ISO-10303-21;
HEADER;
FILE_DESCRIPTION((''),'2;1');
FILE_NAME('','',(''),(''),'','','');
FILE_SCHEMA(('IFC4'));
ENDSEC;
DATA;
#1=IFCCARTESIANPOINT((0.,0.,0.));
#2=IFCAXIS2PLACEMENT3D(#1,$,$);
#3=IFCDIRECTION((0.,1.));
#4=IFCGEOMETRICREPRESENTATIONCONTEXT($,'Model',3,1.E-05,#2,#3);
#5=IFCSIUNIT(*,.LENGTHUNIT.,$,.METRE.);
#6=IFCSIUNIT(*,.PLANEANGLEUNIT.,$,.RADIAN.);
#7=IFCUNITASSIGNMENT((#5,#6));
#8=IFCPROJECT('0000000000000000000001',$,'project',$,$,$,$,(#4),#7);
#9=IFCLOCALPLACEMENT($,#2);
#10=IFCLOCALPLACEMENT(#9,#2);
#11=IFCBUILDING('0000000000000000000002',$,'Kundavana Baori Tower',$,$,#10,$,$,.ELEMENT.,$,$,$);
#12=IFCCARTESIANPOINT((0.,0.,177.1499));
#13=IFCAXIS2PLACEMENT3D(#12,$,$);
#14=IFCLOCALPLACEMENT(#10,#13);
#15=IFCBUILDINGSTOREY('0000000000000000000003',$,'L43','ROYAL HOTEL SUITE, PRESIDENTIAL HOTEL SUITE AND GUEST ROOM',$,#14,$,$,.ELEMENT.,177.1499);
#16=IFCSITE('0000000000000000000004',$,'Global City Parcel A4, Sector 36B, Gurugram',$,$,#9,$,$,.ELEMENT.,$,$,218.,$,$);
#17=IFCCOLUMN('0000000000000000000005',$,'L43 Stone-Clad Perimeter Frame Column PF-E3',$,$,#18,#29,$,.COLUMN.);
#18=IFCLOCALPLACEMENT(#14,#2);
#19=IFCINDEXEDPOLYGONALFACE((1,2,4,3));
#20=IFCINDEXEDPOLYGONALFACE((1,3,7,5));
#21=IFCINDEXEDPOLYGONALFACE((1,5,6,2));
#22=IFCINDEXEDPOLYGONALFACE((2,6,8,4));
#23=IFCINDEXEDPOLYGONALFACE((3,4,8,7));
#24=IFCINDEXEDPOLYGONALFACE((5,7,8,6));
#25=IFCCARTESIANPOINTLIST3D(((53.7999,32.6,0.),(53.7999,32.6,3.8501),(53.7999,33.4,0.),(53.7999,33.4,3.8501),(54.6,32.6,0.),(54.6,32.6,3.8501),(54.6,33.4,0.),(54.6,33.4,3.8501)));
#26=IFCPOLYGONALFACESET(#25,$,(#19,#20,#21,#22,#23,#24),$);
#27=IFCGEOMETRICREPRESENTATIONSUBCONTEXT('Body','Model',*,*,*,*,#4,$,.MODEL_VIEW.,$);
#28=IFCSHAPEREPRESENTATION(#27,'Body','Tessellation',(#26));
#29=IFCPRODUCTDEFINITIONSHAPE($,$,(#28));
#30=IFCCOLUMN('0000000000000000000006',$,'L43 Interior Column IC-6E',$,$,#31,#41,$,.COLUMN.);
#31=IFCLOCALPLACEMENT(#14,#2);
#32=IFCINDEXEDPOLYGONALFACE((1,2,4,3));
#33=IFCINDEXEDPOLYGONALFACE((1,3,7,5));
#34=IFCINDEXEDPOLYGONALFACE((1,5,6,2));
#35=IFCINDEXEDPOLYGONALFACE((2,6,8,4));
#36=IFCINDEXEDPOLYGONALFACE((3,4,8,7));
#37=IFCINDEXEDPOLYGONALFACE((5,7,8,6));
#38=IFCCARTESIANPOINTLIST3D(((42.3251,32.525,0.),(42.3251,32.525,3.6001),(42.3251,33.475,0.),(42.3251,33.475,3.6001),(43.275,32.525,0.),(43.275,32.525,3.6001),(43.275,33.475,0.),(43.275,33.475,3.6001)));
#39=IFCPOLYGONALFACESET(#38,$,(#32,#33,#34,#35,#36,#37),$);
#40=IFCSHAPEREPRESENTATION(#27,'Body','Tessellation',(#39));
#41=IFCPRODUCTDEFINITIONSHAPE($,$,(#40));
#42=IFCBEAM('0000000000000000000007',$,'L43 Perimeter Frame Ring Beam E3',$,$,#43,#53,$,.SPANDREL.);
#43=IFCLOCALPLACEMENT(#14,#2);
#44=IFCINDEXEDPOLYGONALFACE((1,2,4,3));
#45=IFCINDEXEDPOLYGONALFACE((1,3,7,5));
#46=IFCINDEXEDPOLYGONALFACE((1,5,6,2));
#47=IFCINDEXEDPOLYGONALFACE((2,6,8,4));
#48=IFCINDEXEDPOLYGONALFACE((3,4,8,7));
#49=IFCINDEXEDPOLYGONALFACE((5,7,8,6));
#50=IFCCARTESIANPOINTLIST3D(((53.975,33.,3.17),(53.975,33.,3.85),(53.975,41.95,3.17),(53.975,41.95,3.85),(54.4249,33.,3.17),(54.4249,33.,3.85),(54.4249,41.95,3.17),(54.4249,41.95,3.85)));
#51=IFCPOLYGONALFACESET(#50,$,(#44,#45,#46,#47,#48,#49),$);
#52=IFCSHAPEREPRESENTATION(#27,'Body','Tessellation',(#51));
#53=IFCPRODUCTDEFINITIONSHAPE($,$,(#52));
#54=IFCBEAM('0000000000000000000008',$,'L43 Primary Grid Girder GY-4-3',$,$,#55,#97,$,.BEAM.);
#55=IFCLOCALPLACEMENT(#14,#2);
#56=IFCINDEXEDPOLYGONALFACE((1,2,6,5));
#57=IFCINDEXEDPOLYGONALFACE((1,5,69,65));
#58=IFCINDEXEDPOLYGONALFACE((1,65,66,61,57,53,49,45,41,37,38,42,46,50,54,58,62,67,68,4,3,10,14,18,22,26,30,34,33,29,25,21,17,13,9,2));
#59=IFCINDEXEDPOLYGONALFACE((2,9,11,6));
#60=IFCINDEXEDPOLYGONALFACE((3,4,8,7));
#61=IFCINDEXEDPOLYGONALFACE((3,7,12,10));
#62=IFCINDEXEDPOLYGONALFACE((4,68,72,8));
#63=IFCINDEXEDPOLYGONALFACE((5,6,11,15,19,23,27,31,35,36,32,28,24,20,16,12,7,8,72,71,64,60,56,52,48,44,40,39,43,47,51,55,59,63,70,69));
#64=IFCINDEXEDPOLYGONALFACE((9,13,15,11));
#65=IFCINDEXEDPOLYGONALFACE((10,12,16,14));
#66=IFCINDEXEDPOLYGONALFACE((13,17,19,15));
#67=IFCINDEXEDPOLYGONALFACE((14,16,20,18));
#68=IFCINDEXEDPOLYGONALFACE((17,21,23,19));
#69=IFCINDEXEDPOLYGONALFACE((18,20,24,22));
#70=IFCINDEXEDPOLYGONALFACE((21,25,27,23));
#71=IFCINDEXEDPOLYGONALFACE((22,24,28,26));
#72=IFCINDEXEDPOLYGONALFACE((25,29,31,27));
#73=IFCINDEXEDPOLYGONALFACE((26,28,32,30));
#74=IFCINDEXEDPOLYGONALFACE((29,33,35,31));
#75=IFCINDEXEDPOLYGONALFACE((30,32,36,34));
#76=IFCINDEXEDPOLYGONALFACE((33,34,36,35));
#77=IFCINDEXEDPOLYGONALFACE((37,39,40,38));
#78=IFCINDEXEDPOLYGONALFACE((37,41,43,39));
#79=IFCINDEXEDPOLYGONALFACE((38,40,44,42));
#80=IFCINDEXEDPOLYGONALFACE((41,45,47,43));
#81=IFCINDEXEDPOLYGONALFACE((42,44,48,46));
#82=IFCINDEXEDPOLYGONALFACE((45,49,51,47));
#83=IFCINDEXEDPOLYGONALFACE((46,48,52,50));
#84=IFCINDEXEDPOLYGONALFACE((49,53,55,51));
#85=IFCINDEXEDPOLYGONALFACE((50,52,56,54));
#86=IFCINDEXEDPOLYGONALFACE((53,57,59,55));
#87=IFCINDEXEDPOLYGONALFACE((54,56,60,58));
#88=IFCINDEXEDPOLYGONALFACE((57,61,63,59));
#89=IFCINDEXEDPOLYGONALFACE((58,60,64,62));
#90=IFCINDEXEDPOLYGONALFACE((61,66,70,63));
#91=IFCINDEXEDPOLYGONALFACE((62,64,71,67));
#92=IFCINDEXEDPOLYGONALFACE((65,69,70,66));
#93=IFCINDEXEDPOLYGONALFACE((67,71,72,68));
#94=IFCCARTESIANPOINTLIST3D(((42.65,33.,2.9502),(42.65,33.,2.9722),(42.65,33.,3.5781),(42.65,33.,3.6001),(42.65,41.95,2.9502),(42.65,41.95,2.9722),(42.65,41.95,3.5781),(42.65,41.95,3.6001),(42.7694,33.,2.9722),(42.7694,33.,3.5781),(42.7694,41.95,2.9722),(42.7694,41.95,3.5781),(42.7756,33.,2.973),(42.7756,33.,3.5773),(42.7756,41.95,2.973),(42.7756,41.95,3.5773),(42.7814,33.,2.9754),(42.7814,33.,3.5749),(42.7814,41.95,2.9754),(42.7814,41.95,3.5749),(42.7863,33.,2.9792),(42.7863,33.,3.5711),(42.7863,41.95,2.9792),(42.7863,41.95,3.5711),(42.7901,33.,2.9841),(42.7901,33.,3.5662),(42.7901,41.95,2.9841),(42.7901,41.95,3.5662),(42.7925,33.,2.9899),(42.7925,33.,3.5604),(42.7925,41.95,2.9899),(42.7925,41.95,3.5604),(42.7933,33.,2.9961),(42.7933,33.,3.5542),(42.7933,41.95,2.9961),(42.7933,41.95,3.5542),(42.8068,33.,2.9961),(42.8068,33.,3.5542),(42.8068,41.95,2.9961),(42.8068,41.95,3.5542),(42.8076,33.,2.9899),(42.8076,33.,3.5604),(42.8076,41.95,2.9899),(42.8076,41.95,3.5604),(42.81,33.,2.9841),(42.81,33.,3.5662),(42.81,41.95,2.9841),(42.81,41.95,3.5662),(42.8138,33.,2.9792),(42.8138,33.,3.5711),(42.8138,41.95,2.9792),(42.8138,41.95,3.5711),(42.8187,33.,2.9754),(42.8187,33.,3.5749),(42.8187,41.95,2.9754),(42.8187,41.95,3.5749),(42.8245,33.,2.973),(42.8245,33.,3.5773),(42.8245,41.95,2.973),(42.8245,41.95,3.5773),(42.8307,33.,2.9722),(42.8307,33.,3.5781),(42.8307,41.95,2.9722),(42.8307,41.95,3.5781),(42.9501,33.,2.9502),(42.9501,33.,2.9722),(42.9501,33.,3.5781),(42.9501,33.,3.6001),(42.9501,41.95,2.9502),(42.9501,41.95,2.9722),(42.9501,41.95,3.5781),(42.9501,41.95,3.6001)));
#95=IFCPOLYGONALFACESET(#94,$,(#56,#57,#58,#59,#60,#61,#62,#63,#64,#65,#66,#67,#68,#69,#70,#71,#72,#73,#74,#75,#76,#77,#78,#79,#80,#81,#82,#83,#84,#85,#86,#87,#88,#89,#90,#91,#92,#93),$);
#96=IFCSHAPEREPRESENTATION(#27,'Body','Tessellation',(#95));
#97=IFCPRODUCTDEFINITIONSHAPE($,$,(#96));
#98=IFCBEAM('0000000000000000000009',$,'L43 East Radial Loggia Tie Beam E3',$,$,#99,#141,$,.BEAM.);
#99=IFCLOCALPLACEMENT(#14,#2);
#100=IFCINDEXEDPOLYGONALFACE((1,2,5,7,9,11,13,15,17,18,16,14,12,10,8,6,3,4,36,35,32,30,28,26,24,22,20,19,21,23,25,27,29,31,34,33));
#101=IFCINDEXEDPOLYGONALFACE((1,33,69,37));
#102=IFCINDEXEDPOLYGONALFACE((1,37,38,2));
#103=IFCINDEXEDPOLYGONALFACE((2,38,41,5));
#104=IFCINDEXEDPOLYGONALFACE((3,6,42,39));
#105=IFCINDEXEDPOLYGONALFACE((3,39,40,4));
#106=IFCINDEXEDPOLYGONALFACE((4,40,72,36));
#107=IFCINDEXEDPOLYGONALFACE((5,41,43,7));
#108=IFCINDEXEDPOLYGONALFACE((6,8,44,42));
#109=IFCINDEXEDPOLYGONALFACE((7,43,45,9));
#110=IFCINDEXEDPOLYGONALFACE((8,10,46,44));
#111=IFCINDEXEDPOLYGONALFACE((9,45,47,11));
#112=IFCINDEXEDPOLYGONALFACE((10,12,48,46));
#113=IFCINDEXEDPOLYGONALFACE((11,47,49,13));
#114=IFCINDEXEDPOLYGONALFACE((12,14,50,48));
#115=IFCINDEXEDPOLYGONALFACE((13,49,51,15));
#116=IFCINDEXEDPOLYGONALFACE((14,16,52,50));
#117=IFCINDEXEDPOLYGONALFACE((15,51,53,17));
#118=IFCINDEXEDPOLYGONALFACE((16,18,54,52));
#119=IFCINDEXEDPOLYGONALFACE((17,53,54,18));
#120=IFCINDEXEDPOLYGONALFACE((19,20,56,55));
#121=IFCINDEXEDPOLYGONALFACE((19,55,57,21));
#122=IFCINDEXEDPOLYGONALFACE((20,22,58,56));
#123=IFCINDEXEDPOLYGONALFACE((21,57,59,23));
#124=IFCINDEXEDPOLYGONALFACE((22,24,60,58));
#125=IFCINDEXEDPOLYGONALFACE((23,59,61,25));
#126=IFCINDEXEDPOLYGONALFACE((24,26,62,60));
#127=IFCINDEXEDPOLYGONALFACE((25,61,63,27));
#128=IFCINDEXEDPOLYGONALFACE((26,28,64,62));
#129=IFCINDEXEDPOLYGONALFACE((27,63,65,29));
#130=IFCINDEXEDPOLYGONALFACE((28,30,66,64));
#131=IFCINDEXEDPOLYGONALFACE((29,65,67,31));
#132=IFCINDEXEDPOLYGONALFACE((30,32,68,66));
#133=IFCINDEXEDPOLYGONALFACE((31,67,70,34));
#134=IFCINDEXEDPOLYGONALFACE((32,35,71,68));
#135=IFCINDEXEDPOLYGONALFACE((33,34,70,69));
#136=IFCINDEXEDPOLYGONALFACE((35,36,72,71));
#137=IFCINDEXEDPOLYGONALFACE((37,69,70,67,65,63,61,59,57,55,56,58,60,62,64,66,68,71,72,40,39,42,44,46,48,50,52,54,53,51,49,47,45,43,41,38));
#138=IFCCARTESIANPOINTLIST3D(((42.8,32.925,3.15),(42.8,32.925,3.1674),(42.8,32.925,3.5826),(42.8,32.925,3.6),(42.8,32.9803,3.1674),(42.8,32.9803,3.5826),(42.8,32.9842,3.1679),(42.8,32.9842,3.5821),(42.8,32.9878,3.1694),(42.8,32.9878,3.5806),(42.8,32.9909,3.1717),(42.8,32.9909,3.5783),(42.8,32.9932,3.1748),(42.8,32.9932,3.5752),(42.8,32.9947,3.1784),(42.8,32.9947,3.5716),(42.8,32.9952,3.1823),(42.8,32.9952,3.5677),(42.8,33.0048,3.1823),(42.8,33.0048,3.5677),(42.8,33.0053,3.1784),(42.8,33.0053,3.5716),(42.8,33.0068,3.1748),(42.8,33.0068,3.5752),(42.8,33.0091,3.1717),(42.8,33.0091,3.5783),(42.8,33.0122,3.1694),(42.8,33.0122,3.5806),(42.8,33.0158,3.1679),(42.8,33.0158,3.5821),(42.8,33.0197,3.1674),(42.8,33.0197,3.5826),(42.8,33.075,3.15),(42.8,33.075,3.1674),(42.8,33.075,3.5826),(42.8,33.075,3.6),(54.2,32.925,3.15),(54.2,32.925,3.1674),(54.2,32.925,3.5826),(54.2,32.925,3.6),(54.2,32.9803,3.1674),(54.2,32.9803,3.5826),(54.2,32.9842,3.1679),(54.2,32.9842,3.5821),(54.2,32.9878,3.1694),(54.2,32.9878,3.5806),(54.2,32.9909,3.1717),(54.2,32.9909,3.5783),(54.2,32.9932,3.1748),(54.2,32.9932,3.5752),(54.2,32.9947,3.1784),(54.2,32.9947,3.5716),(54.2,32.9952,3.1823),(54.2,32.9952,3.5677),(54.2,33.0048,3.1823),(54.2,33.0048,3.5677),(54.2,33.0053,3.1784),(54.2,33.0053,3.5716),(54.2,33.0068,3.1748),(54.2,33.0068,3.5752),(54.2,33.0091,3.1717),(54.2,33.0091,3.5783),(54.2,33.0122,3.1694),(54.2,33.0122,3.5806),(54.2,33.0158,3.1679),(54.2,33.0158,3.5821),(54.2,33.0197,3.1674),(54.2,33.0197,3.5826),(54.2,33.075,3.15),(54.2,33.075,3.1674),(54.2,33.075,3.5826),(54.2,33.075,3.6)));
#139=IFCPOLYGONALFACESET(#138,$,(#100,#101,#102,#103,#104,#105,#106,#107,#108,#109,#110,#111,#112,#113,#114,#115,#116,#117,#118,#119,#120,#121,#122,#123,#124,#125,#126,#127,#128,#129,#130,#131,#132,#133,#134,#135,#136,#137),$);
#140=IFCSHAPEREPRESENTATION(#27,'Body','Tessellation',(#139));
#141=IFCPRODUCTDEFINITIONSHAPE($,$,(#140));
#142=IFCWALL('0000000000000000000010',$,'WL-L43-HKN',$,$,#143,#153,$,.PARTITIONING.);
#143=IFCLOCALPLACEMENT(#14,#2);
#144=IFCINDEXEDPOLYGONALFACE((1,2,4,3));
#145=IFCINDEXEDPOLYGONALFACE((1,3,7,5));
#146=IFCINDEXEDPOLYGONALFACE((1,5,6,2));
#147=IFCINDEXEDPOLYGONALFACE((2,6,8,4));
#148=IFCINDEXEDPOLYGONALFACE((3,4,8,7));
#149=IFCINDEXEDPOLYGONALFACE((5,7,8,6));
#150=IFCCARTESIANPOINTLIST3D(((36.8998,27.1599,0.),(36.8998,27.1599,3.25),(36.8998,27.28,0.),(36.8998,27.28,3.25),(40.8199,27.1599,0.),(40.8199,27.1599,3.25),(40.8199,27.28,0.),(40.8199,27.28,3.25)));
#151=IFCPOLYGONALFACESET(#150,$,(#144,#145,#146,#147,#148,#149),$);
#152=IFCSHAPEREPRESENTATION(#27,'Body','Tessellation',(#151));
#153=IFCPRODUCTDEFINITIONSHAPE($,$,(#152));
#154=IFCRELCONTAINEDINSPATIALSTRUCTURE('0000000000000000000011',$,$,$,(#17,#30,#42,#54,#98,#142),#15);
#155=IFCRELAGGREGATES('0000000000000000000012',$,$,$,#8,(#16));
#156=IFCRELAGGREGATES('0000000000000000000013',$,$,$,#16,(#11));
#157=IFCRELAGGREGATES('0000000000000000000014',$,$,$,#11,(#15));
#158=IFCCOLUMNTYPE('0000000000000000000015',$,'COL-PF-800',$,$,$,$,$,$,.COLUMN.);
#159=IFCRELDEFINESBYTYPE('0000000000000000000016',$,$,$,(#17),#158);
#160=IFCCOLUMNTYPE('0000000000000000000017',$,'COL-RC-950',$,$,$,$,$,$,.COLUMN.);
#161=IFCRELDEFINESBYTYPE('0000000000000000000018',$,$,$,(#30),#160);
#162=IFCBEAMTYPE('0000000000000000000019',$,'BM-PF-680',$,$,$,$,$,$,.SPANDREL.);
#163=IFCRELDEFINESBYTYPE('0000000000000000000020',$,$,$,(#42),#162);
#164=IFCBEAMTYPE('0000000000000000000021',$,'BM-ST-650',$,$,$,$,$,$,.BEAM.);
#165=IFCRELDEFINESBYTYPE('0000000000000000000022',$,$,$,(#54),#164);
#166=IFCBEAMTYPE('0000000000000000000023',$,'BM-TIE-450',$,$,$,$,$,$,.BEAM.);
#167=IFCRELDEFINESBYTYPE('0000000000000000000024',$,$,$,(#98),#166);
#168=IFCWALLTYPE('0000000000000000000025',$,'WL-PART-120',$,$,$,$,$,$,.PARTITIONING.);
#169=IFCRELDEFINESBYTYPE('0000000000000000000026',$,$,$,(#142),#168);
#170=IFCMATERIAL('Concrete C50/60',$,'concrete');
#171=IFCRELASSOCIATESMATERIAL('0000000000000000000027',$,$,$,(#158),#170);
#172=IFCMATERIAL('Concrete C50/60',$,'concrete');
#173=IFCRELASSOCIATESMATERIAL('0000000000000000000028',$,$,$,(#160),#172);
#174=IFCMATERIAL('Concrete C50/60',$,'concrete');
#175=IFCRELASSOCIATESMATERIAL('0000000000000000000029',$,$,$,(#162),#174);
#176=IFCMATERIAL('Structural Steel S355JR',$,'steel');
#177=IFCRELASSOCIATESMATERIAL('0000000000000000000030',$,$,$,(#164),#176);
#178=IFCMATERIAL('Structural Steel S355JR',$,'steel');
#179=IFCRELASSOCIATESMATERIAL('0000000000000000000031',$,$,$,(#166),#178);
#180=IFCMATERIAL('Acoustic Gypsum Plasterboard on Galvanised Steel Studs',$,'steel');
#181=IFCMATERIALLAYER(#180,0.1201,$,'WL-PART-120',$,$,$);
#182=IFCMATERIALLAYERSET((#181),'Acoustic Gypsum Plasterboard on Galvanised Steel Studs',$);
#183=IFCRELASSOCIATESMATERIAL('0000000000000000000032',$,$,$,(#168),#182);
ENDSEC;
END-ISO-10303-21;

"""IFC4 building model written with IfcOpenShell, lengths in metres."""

from ifc_helpers import new_model, si_unit, direction, frame, frame_2d, origin, origin_2d, place, context, subcontext, project, spatial, rectangle, i_section, extrude, material, layer, layer_set, material_profile, profile_set, type_object, element, save


model = new_model("IFC4")

# Units and contexts
model_context = context("Model", 3, precision=1e-05, world=origin(), true_north=direction((0.0, 1.0)))
body_context = subcontext(model_context, "Body", "Model", "MODEL_VIEW")
ifc_project = project(units=[si_unit("LENGTHUNIT", "METRE"), si_unit("PLANEANGLEUNIT", "RADIAN")], contexts=[model_context])

# Site, building, storey
site_placement = place(None, origin())
site = spatial("IfcSite", under=ifc_project, at=site_placement, Name="Global City Parcel A4, Sector 36B, Gurugram", CompositionType="ELEMENT", RefElevation=218.0)
building_placement = place(site_placement, origin())
building = spatial("IfcBuilding", under=site, at=building_placement, Name="Kundavana Baori Tower", CompositionType="ELEMENT")
storey_placement = place(building_placement, frame((0.0, 0.0, 177.1499)))
storey = spatial("IfcBuildingStorey", under=building, at=storey_placement, Name="L43", Description="ROYAL HOTEL SUITE, PRESIDENTIAL HOTEL SUITE AND GUEST ROOM", CompositionType="ELEMENT", Elevation=177.1499)

# Columns
ifc_material_1 = material(Name="Concrete C50/60", Category="concrete")
ifc_material_profile_1 = material_profile(ifc_material_1, rectangle(XDim=0.8, YDim=0.8, at=origin_2d()), Name="RC PF 800x800")
ifc_profile_set_1 = profile_set([ifc_material_profile_1], Name="Concrete C50/60")
column_type_1 = type_object("IfcColumnType", Name="COL-PF-800", PredefinedType="COLUMN", material=ifc_profile_set_1)
column_1_placement = place(storey_placement, frame((54.2, 33.0, 0.0), z_axis=(0.0, 0.0, 1.0), x_axis=(1.0, 0.0, 0.0)))
element("IfcColumn", 1, at=column_1_placement, inside=storey, type_object=column_type_1, Name="L43 Stone-Clad Perimeter Frame Column PF-E3", PredefinedType="COLUMN", context=body_context, shape_type="SweptSolid", body=[
    extrude(rectangle(XDim=0.8, YDim=0.8, at=origin_2d()), origin(), (0.0, 0.0, 1.0), 3.8501),
])
ifc_material_2 = material(Name="Concrete C50/60", Category="concrete")
ifc_material_profile_2 = material_profile(ifc_material_2, rectangle(XDim=0.95, YDim=0.95, at=origin_2d()), Name="RC 950x950")
ifc_profile_set_2 = profile_set([ifc_material_profile_2], Name="Concrete C50/60")
column_type_2 = type_object("IfcColumnType", Name="COL-RC-950", PredefinedType="COLUMN", material=ifc_profile_set_2)
column_2_placement = place(storey_placement, frame((42.8, 33.0, 0.0), z_axis=(0.0, 0.0, 1.0), x_axis=(1.0, 0.0, 0.0)))
element("IfcColumn", 2, at=column_2_placement, inside=storey, type_object=column_type_2, Name="L43 Interior Column IC-6E", PredefinedType="COLUMN", context=body_context, shape_type="SweptSolid", body=[
    extrude(rectangle(XDim=0.95, YDim=0.95, at=origin_2d()), origin(), (0.0, 0.0, 1.0), 3.6001),
])

# Beams
ifc_material_3 = material(Name="Concrete C50/60", Category="concrete")
ifc_material_profile_3 = material_profile(ifc_material_3, rectangle(XDim=0.45, YDim=0.6799, at=origin_2d()), Name="RC BM 450x680")
ifc_profile_set_3 = profile_set([ifc_material_profile_3], Name="Concrete C50/60")
beam_type_1 = type_object("IfcBeamType", Name="BM-PF-680", PredefinedType="SPANDREL", material=ifc_profile_set_3)
beam_1_placement = place(storey_placement, frame((54.2, 33.0, 3.51), z_axis=(0.0, 1.0, 0.0), x_axis=(-1.0, 0.0, 0.0)))
element("IfcBeam", 3, at=beam_1_placement, inside=storey, type_object=beam_type_1, Name="L43 Perimeter Frame Ring Beam E3", PredefinedType="SPANDREL", context=body_context, shape_type="SweptSolid", body=[
    extrude(rectangle(XDim=0.45, YDim=0.6799, at=origin_2d()), origin(), (0.0, 0.0, 1.0), 8.95),
])
ifc_material_4 = material(Name="Structural Steel S355JR", Category="steel")
ifc_material_profile_4 = material_profile(ifc_material_4, i_section(OverallWidth=0.3, OverallDepth=0.6499, WebThickness=0.0134, FlangeThickness=0.022, FilletRadius=0.0239, at=origin_2d()), Name="NPB 650x300x155")
ifc_profile_set_4 = profile_set([ifc_material_profile_4], Name="Structural Steel S355JR")
beam_type_2 = type_object("IfcBeamType", Name="BM-ST-650", PredefinedType="BEAM", material=ifc_profile_set_4)
beam_2_placement = place(storey_placement, frame((42.8, 33.0, 3.2751), z_axis=(0.0, 1.0, 0.0), x_axis=(-1.0, 0.0, 0.0)))
element("IfcBeam", 4, at=beam_2_placement, inside=storey, type_object=beam_type_2, Name="L43 Primary Grid Girder GY-4-3", PredefinedType="BEAM", context=body_context, shape_type="SweptSolid", body=[
    extrude(i_section(OverallWidth=0.3, OverallDepth=0.6499, WebThickness=0.0134, FlangeThickness=0.022, FilletRadius=0.0239, at=origin_2d()), origin(), (0.0, 0.0, 1.0), 8.95),
])
ifc_material_5 = material(Name="Structural Steel S355JR", Category="steel")
ifc_material_profile_5 = material_profile(ifc_material_5, i_section(OverallWidth=0.1499, OverallDepth=0.45, WebThickness=0.0095, FlangeThickness=0.0173, FilletRadius=0.0149, at=origin_2d()), Name="ISMB 450")
ifc_profile_set_5 = profile_set([ifc_material_profile_5], Name="Structural Steel S355JR")
beam_type_3 = type_object("IfcBeamType", Name="BM-TIE-450", PredefinedType="BEAM", material=ifc_profile_set_5)
beam_3_placement = place(storey_placement, frame((42.8, 33.0, 3.375), z_axis=(1.0, 0.0, 0.0), x_axis=(0.0, 1.0, 0.0)))
element("IfcBeam", 5, at=beam_3_placement, inside=storey, type_object=beam_type_3, Name="L43 East Radial Loggia Tie Beam E3", PredefinedType="BEAM", context=body_context, shape_type="SweptSolid", body=[
    extrude(i_section(OverallWidth=0.1499, OverallDepth=0.45, WebThickness=0.0095, FlangeThickness=0.0173, FilletRadius=0.0149, at=origin_2d()), origin(), (0.0, 0.0, 1.0), 11.3999),
])

# Wall
ifc_material_6 = material(Name="Acoustic Gypsum Plasterboard on Galvanised Steel Studs", Category="steel")
ifc_layer_1 = layer(ifc_material_6, 0.1201, Name="WL-PART-120")
ifc_layer_set_1 = layer_set([ifc_layer_1], Name="Acoustic Gypsum Plasterboard on Galvanised Steel Studs")
wall_type_1 = type_object("IfcWallType", Name="WL-PART-120", PredefinedType="PARTITIONING", material=ifc_layer_set_1)
wall_1_placement = place(storey_placement, frame((36.8999, 27.22, 0.0), z_axis=(0.0, 0.0, 1.0), x_axis=(1.0, 0.0, 0.0)))
element("IfcWall", 6, at=wall_1_placement, inside=storey, type_object=wall_type_1, Name="WL-L43-HKN", PredefinedType="PARTITIONING", context=body_context, shape_type="SweptSolid", body=[
    extrude(rectangle(XDim=3.9202, YDim=0.1201, at=frame_2d((1.96, 0.0))), origin(), (0.0, 0.0, 1.0), 3.25),
])

save(model, "model.ifc")
